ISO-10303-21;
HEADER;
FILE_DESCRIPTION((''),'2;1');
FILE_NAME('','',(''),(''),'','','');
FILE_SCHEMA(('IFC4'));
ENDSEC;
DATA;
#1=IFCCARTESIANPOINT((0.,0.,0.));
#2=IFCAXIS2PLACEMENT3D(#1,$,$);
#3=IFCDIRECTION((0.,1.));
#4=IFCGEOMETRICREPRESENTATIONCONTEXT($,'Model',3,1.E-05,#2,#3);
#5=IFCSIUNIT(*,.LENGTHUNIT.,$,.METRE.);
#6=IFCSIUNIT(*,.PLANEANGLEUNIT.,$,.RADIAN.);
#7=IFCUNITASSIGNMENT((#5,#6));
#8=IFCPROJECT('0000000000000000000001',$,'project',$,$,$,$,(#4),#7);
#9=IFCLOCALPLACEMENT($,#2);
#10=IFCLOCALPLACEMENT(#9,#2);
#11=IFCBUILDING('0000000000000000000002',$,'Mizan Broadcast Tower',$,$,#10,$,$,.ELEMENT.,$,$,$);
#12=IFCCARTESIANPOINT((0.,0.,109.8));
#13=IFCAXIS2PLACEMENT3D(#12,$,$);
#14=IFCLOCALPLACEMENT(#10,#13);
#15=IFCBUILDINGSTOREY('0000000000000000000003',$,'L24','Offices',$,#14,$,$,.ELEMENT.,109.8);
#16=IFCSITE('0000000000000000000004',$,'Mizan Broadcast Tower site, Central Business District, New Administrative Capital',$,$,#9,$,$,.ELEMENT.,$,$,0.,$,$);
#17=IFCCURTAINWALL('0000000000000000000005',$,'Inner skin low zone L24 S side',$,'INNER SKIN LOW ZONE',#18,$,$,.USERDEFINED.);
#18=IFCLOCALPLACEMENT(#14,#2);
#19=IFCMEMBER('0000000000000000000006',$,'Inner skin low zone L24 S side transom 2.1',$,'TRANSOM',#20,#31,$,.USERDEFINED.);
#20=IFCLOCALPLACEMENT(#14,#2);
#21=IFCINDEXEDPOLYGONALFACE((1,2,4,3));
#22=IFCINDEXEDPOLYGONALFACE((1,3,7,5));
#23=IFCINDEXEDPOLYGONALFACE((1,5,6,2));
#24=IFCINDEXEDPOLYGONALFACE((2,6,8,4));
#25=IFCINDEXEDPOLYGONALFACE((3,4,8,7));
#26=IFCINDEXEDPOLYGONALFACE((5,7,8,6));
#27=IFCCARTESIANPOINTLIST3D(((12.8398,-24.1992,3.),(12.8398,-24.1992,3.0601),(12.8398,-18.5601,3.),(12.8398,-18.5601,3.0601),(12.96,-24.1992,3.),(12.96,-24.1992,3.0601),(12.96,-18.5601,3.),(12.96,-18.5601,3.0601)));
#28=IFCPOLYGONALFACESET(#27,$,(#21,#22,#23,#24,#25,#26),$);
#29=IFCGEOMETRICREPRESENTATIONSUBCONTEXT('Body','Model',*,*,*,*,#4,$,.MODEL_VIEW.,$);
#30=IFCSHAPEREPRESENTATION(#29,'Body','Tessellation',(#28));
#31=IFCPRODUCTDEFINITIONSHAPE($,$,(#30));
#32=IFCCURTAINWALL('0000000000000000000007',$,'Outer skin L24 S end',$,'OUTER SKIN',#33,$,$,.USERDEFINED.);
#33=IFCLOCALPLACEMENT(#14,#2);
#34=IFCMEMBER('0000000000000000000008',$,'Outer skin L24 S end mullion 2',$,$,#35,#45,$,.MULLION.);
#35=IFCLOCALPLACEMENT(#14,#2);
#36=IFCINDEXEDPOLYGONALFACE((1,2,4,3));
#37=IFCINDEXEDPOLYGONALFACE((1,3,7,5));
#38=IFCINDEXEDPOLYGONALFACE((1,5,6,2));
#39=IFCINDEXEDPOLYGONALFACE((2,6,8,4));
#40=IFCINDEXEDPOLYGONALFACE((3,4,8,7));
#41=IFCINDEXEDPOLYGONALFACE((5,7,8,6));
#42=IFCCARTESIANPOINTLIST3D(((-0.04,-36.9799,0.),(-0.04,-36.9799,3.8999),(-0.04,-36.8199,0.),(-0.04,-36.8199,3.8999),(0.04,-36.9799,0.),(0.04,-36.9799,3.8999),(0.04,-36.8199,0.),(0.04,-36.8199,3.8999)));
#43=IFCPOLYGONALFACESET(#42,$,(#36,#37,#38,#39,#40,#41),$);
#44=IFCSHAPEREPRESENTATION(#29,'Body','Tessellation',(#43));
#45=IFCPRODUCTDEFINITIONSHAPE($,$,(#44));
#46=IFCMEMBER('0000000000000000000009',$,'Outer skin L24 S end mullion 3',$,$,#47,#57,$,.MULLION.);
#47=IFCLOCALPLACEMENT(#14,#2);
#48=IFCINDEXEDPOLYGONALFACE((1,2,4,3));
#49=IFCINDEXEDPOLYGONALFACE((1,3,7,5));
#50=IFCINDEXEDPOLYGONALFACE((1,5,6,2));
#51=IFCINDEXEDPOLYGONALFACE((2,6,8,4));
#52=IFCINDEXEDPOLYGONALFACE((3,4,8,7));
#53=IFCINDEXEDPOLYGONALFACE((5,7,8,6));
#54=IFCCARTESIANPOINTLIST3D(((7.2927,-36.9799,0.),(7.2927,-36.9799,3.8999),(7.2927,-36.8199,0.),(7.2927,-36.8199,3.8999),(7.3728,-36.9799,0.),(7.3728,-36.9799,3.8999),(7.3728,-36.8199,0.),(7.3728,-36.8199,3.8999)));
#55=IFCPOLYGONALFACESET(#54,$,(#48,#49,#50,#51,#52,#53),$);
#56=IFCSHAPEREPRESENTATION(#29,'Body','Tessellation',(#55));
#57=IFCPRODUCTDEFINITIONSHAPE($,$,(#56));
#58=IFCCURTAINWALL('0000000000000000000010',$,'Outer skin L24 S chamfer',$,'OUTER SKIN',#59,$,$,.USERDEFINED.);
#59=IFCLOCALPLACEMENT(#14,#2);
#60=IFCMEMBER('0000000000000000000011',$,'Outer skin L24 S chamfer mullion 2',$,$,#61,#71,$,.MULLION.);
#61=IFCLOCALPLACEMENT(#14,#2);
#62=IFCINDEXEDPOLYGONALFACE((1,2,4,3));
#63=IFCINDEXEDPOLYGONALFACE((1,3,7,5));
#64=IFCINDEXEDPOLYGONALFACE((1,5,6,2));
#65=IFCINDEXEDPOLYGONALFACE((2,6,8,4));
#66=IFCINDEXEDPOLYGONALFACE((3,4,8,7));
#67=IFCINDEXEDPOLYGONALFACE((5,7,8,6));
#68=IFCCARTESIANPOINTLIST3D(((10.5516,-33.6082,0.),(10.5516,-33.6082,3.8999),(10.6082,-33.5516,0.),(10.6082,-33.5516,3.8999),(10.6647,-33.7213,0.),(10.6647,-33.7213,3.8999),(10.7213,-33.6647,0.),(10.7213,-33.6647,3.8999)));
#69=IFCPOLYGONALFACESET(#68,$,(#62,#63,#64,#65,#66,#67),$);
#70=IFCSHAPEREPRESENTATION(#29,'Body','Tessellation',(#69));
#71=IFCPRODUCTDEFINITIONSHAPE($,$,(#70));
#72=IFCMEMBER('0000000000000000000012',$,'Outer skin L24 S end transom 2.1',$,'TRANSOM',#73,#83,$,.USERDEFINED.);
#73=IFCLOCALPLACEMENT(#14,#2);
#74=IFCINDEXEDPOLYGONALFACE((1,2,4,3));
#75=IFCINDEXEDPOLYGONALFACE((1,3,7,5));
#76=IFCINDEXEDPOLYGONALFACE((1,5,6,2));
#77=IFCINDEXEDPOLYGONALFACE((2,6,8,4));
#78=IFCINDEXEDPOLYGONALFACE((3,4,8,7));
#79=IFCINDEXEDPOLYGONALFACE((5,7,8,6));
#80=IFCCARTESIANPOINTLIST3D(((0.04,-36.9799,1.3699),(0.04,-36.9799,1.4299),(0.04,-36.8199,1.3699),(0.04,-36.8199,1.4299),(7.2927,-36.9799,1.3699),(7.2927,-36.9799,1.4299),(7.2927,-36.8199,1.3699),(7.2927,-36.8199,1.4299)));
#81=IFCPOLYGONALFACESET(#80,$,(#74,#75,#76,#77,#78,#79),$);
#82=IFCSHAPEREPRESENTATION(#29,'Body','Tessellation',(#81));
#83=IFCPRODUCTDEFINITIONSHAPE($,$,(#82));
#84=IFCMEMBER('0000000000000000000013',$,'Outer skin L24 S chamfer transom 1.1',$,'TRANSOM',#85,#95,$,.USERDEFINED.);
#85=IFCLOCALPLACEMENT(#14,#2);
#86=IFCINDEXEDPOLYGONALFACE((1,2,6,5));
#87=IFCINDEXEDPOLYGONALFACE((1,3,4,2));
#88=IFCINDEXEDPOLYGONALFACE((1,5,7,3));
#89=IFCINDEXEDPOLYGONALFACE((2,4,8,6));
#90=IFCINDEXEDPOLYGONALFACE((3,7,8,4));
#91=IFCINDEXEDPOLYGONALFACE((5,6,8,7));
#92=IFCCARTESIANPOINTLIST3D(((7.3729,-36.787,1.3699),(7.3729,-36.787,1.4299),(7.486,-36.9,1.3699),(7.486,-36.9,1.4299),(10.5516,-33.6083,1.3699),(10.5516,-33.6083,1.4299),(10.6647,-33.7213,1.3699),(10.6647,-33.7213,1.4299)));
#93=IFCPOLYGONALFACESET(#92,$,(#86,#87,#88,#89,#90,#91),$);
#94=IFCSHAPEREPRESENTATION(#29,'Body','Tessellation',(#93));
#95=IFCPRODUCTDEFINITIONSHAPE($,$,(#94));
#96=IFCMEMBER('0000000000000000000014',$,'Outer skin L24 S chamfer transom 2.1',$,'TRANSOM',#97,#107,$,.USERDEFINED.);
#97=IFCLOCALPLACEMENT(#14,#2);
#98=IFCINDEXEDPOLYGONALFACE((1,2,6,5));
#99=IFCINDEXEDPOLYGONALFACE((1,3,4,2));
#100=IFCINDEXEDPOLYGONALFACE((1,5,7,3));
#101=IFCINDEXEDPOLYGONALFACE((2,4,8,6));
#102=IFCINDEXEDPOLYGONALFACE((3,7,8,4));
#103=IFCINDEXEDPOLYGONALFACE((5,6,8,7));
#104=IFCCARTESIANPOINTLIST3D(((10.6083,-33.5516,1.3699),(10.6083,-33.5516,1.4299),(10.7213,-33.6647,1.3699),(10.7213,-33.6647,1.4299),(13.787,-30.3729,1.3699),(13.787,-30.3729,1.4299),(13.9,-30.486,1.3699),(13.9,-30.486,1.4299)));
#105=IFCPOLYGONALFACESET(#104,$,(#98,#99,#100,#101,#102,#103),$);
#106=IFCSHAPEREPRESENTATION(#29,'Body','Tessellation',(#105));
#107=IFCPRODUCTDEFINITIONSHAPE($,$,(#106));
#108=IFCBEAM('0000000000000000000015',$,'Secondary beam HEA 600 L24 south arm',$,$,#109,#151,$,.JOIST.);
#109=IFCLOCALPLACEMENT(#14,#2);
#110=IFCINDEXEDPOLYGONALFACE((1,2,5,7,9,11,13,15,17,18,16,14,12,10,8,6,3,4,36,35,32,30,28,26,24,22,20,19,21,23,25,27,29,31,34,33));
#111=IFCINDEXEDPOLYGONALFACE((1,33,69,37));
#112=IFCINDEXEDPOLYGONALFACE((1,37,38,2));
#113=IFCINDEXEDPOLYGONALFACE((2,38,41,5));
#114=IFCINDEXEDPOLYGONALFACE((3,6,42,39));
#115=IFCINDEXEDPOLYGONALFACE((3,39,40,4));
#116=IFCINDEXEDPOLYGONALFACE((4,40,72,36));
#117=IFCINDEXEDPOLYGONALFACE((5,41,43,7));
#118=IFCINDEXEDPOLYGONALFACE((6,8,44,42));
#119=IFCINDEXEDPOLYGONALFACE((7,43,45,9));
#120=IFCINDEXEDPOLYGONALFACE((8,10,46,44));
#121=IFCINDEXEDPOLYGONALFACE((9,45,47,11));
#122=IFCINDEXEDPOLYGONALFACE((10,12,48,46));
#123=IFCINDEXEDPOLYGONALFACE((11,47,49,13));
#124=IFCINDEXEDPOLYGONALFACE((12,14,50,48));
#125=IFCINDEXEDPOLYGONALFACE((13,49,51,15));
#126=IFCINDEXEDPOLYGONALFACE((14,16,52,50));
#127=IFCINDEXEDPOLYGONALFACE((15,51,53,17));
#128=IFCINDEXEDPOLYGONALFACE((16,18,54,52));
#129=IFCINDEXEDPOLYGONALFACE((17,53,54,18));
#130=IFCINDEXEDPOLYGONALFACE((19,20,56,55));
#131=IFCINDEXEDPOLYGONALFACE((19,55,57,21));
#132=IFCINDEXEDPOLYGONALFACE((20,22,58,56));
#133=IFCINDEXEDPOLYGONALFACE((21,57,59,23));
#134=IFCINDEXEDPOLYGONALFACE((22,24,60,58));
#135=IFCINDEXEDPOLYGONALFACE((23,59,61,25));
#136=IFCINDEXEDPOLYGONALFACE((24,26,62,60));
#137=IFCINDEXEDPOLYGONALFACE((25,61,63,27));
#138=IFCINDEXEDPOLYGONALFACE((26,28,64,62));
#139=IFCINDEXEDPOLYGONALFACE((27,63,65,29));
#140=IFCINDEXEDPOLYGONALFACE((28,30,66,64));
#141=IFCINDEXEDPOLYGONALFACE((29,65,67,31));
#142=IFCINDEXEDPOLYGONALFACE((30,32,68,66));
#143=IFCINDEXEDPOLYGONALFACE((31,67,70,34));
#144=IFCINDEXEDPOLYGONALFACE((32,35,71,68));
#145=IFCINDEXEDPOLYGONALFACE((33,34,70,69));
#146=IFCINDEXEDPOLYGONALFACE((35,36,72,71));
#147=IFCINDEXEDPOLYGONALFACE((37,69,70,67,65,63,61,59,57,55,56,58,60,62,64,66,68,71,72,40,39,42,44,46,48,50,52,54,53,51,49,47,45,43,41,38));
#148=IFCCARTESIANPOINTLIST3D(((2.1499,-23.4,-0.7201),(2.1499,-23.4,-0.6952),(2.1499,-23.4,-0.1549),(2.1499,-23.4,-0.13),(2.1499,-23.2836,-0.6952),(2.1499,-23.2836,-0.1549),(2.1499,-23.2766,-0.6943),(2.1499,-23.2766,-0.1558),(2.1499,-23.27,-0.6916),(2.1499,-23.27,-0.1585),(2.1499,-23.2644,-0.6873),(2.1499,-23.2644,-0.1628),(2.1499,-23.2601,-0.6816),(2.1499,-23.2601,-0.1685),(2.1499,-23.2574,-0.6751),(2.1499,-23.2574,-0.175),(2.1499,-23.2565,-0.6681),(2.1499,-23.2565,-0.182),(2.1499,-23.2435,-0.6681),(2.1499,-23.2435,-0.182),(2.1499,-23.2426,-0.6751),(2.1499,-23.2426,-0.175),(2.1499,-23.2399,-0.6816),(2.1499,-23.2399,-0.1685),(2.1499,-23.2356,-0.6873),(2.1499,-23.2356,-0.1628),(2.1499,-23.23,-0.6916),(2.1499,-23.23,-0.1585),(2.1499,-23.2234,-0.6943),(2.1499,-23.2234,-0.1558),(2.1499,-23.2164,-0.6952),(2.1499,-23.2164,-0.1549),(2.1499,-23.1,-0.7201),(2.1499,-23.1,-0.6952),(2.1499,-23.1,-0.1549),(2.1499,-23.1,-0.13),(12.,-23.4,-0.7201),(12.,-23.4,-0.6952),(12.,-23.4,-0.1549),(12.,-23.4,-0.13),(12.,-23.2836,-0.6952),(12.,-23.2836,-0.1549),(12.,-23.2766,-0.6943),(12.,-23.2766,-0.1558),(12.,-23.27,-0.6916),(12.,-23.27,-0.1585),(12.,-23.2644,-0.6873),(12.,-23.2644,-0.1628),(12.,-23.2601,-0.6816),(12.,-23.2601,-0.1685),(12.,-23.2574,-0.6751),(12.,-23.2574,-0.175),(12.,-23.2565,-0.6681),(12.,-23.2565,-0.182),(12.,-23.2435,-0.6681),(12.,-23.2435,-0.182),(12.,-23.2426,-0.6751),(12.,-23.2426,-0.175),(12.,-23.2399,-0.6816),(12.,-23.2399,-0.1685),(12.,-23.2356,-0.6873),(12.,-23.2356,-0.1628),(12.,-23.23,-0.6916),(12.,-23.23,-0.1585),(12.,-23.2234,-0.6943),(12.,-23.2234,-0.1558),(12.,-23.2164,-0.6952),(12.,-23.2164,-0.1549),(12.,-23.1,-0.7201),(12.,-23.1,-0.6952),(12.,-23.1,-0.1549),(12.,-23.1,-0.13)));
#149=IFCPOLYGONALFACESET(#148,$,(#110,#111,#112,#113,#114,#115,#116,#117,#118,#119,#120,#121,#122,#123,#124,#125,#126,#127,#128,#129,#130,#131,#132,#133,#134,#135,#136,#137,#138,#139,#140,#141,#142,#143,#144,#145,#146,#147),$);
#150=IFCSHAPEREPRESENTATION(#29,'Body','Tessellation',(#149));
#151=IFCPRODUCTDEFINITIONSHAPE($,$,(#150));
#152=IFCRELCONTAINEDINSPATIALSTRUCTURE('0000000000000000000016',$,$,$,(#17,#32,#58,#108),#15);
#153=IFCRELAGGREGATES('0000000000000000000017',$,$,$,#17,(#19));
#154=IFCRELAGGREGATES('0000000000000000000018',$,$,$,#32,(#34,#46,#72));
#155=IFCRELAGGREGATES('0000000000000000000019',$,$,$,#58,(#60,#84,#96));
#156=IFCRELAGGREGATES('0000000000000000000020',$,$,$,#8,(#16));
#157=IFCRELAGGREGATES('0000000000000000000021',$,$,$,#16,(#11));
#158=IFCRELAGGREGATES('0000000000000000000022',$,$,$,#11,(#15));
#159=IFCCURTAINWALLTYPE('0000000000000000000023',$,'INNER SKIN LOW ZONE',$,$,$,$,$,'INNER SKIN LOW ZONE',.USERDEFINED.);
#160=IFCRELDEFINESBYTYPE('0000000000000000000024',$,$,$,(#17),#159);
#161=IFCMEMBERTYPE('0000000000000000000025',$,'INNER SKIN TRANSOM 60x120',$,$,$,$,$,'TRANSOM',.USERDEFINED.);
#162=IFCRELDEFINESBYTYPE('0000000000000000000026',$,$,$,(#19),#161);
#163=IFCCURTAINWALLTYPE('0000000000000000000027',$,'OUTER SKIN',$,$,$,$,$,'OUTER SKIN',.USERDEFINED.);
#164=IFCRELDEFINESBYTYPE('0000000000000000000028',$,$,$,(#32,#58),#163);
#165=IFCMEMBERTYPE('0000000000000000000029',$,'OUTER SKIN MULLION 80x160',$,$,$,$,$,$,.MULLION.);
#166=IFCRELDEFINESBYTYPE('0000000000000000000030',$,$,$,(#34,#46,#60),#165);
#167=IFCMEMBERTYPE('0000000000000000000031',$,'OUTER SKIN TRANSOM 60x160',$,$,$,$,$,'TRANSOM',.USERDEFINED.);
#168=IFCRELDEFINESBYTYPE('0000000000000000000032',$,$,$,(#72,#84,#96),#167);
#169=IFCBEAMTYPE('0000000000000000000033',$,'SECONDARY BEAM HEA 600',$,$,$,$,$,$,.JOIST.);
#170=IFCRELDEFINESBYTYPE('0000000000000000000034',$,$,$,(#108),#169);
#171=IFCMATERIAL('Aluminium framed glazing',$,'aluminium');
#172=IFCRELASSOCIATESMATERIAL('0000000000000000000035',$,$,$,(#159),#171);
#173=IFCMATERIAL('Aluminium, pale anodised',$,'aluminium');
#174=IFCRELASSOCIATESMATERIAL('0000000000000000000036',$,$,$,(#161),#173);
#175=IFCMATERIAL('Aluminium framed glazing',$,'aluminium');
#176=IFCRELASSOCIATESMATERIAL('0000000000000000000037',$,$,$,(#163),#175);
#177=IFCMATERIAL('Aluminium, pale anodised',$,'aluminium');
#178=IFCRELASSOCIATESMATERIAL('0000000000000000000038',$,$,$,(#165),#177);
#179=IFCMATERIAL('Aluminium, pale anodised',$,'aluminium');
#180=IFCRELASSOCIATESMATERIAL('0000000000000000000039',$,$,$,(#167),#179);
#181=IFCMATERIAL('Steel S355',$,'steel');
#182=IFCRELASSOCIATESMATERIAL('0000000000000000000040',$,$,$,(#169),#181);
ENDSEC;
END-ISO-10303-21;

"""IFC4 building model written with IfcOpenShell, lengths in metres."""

from ifc_helpers import new_model, si_unit, direction, frame, origin, origin_2d, place, context, subcontext, project, spatial, rectangle, i_section, extrude, material, material_profile, profile_set, type_object, element, aggregate, save


model = new_model("IFC4")

# Units and contexts
model_context = context("Model", 3, precision=1e-05, world=origin(), true_north=direction((0.0, 1.0)))
body_context = subcontext(model_context, "Body", "Model", "MODEL_VIEW")
ifc_project = project(units=[si_unit("LENGTHUNIT", "METRE"), si_unit("PLANEANGLEUNIT", "RADIAN")], contexts=[model_context])

# Site, building, storey
site_placement = place(None, origin())
site = spatial("IfcSite", under=ifc_project, at=site_placement, Name="Mizan Broadcast Tower site, Central Business District, New Administrative Capital", CompositionType="ELEMENT", RefElevation=0.0)
building_placement = place(site_placement, origin())
building = spatial("IfcBuilding", under=site, at=building_placement, Name="Mizan Broadcast Tower", CompositionType="ELEMENT")
storey_placement = place(building_placement, frame((0.0, 0.0, 109.8)))
storey = spatial("IfcBuildingStorey", under=building, at=storey_placement, Name="L24", Description="Offices", CompositionType="ELEMENT", Elevation=109.8)

# Shared definitions
ifc_material_1 = material(Name="Aluminium framed glazing", Category="aluminium")
curtain_wall_type_1 = type_object("IfcCurtainWallType", Name="INNER SKIN LOW ZONE", ElementType="INNER SKIN LOW ZONE", PredefinedType="USERDEFINED", material=ifc_material_1)

# Curtain wall
curtain_wall_1_placement = place(storey_placement, origin())
curtain_wall_1 = element("IfcCurtainWall", 1, at=curtain_wall_1_placement, inside=storey, type_object=curtain_wall_type_1, Name="Inner skin low zone L24 S side", ObjectType="INNER SKIN LOW ZONE", PredefinedType="USERDEFINED")

# Member
ifc_material_2 = material(Name="Aluminium, pale anodised", Category="aluminium")
ifc_material_profile_1 = material_profile(ifc_material_2, rectangle(XDim=0.1201, YDim=0.0601, at=origin_2d()), Name="TRANSOM 120x60")
ifc_profile_set_1 = profile_set([ifc_material_profile_1], Name="Aluminium, pale anodised")
member_type_1 = type_object("IfcMemberType", Name="INNER SKIN TRANSOM 60x120", ElementType="TRANSOM", PredefinedType="USERDEFINED", material=ifc_profile_set_1)
member_1_placement = place(storey_placement, frame((12.8999, -24.1992, 3.03), z_axis=(0.0, 1.0, 0.0), x_axis=(-1.0, 0.0, 0.0)))
member_1 = element("IfcMember", 2, at=member_1_placement, type_object=member_type_1, Name="Inner skin low zone L24 S side transom 2.1", ObjectType="TRANSOM", PredefinedType="USERDEFINED", context=body_context, shape_type="SweptSolid", body=[
    extrude(rectangle(XDim=0.1201, YDim=0.0601, at=origin_2d()), origin(), (0.0, 0.0, 1.0), 5.6392),
])

# Curtain wall, members
ifc_material_3 = material(Name="Aluminium framed glazing", Category="aluminium")
curtain_wall_type_2 = type_object("IfcCurtainWallType", Name="OUTER SKIN", ElementType="OUTER SKIN", PredefinedType="USERDEFINED", material=ifc_material_3)
curtain_wall_2_placement = place(storey_placement, origin())
curtain_wall_2 = element("IfcCurtainWall", 3, at=curtain_wall_2_placement, inside=storey, type_object=curtain_wall_type_2, Name="Outer skin L24 S end", ObjectType="OUTER SKIN", PredefinedType="USERDEFINED")
ifc_material_4 = material(Name="Aluminium, pale anodised", Category="aluminium")
ifc_material_profile_2 = material_profile(ifc_material_4, rectangle(XDim=0.1599, YDim=0.0801, at=origin_2d()), Name="MULLION 160x80")
ifc_profile_set_2 = profile_set([ifc_material_profile_2], Name="Aluminium, pale anodised")
member_type_2 = type_object("IfcMemberType", Name="OUTER SKIN MULLION 80x160", PredefinedType="MULLION", material=ifc_profile_set_2)
member_2_placement = place(storey_placement, frame((0.0, -36.8999, 0.0), z_axis=(0.0, 0.0, 1.0), x_axis=(0.0, 1.0, 0.0)))
member_2 = element("IfcMember", 4, at=member_2_placement, type_object=member_type_2, Name="Outer skin L24 S end mullion 2", PredefinedType="MULLION", context=body_context, shape_type="SweptSolid", body=[
    extrude(rectangle(XDim=0.1599, YDim=0.0801, at=origin_2d()), origin(), (0.0, 0.0, 1.0), 3.8999),
])
member_3_placement = place(storey_placement, frame((7.3328, -36.8999, 0.0), z_axis=(0.0, 0.0, 1.0), x_axis=(0.0, 1.0, 0.0)))
member_3 = element("IfcMember", 5, at=member_3_placement, type_object=member_type_2, Name="Outer skin L24 S end mullion 3", PredefinedType="MULLION", context=body_context, shape_type="SweptSolid", body=[
    extrude(rectangle(XDim=0.1599, YDim=0.0801, at=origin_2d()), origin(), (0.0, 0.0, 1.0), 3.8999),
])

# Curtain wall, member
curtain_wall_3_placement = place(storey_placement, origin())
curtain_wall_3 = element("IfcCurtainWall", 6, at=curtain_wall_3_placement, inside=storey, type_object=curtain_wall_type_2, Name="Outer skin L24 S chamfer", ObjectType="OUTER SKIN", PredefinedType="USERDEFINED")
member_4_placement = place(storey_placement, frame((10.6365, -33.6365, 0.0), z_axis=(0.0, 0.0, 1.0), x_axis=(-0.707107, 0.707107, 0.0)))
member_4 = element("IfcMember", 7, at=member_4_placement, type_object=member_type_2, Name="Outer skin L24 S chamfer mullion 2", PredefinedType="MULLION", context=body_context, shape_type="SweptSolid", body=[
    extrude(rectangle(XDim=0.1599, YDim=0.0801, at=origin_2d()), origin(), (0.0, 0.0, 1.0), 3.8999),
])

# Members
ifc_material_5 = material(Name="Aluminium, pale anodised", Category="aluminium")
ifc_material_profile_3 = material_profile(ifc_material_5, rectangle(XDim=0.1599, YDim=0.0601, at=origin_2d()), Name="TRANSOM 160x60")
ifc_profile_set_3 = profile_set([ifc_material_profile_3], Name="Aluminium, pale anodised")
member_type_3 = type_object("IfcMemberType", Name="OUTER SKIN TRANSOM 60x160", ElementType="TRANSOM", PredefinedType="USERDEFINED", material=ifc_profile_set_3)
member_5_placement = place(storey_placement, frame((0.04, -36.8999, 1.3999), z_axis=(1.0, 0.0, 0.0), x_axis=(0.0, 1.0, 0.0)))
member_5 = element("IfcMember", 8, at=member_5_placement, type_object=member_type_3, Name="Outer skin L24 S end transom 2.1", ObjectType="TRANSOM", PredefinedType="USERDEFINED", context=body_context, shape_type="SweptSolid", body=[
    extrude(rectangle(XDim=0.1599, YDim=0.0601, at=origin_2d()), origin(), (0.0, 0.0, 1.0), 7.2527),
])
member_6_placement = place(storey_placement, frame((7.4294, -36.8435, 1.3999), z_axis=(0.707107, 0.707107, 0.0), x_axis=(-0.707107, 0.707107, 0.0)))
member_6 = element("IfcMember", 9, at=member_6_placement, type_object=member_type_3, Name="Outer skin L24 S chamfer transom 1.1", ObjectType="TRANSOM", PredefinedType="USERDEFINED", context=body_context, shape_type="SweptSolid", body=[
    extrude(rectangle(XDim=0.1599, YDim=0.0601, at=origin_2d()), origin(), (0.0, 0.0, 1.0), 4.4954),
])
member_7_placement = place(storey_placement, frame((10.6648, -33.6082, 1.3999), z_axis=(0.707107, 0.707107, 0.0), x_axis=(-0.707107, 0.707107, 0.0)))
member_7 = element("IfcMember", 10, at=member_7_placement, type_object=member_type_3, Name="Outer skin L24 S chamfer transom 2.1", ObjectType="TRANSOM", PredefinedType="USERDEFINED", context=body_context, shape_type="SweptSolid", body=[
    extrude(rectangle(XDim=0.1599, YDim=0.0601, at=origin_2d()), origin(), (0.0, 0.0, 1.0), 4.4954),
])

# Beam
ifc_material_6 = material(Name="Steel S355", Category="steel")
ifc_material_profile_4 = material_profile(ifc_material_6, i_section(OverallWidth=0.3, OverallDepth=0.5901, WebThickness=0.0129, FlangeThickness=0.0249, FilletRadius=0.0271, at=origin_2d()), Name="HEA 600")
ifc_profile_set_4 = profile_set([ifc_material_profile_4], Name="Steel S355")
beam_type_1 = type_object("IfcBeamType", Name="SECONDARY BEAM HEA 600", PredefinedType="JOIST", material=ifc_profile_set_4)
beam_1_placement = place(storey_placement, frame((12.0, -23.25, -0.425), z_axis=(-1.0, 0.0, 0.0), x_axis=(0.0, -1.0, 0.0)))
element("IfcBeam", 11, at=beam_1_placement, inside=storey, type_object=beam_type_1, Name="Secondary beam HEA 600 L24 south arm", PredefinedType="JOIST", context=body_context, shape_type="SweptSolid", body=[
    extrude(i_section(OverallWidth=0.3, OverallDepth=0.5901, WebThickness=0.0129, FlangeThickness=0.0249, FilletRadius=0.0271, at=origin_2d()), origin(), (0.0, 0.0, 1.0), 9.8501),
])

aggregate(curtain_wall_1, [member_1])
aggregate(curtain_wall_2, [member_2, member_3, member_5])
aggregate(curtain_wall_3, [member_4, member_6, member_7])

save(model, "model.ifc")
